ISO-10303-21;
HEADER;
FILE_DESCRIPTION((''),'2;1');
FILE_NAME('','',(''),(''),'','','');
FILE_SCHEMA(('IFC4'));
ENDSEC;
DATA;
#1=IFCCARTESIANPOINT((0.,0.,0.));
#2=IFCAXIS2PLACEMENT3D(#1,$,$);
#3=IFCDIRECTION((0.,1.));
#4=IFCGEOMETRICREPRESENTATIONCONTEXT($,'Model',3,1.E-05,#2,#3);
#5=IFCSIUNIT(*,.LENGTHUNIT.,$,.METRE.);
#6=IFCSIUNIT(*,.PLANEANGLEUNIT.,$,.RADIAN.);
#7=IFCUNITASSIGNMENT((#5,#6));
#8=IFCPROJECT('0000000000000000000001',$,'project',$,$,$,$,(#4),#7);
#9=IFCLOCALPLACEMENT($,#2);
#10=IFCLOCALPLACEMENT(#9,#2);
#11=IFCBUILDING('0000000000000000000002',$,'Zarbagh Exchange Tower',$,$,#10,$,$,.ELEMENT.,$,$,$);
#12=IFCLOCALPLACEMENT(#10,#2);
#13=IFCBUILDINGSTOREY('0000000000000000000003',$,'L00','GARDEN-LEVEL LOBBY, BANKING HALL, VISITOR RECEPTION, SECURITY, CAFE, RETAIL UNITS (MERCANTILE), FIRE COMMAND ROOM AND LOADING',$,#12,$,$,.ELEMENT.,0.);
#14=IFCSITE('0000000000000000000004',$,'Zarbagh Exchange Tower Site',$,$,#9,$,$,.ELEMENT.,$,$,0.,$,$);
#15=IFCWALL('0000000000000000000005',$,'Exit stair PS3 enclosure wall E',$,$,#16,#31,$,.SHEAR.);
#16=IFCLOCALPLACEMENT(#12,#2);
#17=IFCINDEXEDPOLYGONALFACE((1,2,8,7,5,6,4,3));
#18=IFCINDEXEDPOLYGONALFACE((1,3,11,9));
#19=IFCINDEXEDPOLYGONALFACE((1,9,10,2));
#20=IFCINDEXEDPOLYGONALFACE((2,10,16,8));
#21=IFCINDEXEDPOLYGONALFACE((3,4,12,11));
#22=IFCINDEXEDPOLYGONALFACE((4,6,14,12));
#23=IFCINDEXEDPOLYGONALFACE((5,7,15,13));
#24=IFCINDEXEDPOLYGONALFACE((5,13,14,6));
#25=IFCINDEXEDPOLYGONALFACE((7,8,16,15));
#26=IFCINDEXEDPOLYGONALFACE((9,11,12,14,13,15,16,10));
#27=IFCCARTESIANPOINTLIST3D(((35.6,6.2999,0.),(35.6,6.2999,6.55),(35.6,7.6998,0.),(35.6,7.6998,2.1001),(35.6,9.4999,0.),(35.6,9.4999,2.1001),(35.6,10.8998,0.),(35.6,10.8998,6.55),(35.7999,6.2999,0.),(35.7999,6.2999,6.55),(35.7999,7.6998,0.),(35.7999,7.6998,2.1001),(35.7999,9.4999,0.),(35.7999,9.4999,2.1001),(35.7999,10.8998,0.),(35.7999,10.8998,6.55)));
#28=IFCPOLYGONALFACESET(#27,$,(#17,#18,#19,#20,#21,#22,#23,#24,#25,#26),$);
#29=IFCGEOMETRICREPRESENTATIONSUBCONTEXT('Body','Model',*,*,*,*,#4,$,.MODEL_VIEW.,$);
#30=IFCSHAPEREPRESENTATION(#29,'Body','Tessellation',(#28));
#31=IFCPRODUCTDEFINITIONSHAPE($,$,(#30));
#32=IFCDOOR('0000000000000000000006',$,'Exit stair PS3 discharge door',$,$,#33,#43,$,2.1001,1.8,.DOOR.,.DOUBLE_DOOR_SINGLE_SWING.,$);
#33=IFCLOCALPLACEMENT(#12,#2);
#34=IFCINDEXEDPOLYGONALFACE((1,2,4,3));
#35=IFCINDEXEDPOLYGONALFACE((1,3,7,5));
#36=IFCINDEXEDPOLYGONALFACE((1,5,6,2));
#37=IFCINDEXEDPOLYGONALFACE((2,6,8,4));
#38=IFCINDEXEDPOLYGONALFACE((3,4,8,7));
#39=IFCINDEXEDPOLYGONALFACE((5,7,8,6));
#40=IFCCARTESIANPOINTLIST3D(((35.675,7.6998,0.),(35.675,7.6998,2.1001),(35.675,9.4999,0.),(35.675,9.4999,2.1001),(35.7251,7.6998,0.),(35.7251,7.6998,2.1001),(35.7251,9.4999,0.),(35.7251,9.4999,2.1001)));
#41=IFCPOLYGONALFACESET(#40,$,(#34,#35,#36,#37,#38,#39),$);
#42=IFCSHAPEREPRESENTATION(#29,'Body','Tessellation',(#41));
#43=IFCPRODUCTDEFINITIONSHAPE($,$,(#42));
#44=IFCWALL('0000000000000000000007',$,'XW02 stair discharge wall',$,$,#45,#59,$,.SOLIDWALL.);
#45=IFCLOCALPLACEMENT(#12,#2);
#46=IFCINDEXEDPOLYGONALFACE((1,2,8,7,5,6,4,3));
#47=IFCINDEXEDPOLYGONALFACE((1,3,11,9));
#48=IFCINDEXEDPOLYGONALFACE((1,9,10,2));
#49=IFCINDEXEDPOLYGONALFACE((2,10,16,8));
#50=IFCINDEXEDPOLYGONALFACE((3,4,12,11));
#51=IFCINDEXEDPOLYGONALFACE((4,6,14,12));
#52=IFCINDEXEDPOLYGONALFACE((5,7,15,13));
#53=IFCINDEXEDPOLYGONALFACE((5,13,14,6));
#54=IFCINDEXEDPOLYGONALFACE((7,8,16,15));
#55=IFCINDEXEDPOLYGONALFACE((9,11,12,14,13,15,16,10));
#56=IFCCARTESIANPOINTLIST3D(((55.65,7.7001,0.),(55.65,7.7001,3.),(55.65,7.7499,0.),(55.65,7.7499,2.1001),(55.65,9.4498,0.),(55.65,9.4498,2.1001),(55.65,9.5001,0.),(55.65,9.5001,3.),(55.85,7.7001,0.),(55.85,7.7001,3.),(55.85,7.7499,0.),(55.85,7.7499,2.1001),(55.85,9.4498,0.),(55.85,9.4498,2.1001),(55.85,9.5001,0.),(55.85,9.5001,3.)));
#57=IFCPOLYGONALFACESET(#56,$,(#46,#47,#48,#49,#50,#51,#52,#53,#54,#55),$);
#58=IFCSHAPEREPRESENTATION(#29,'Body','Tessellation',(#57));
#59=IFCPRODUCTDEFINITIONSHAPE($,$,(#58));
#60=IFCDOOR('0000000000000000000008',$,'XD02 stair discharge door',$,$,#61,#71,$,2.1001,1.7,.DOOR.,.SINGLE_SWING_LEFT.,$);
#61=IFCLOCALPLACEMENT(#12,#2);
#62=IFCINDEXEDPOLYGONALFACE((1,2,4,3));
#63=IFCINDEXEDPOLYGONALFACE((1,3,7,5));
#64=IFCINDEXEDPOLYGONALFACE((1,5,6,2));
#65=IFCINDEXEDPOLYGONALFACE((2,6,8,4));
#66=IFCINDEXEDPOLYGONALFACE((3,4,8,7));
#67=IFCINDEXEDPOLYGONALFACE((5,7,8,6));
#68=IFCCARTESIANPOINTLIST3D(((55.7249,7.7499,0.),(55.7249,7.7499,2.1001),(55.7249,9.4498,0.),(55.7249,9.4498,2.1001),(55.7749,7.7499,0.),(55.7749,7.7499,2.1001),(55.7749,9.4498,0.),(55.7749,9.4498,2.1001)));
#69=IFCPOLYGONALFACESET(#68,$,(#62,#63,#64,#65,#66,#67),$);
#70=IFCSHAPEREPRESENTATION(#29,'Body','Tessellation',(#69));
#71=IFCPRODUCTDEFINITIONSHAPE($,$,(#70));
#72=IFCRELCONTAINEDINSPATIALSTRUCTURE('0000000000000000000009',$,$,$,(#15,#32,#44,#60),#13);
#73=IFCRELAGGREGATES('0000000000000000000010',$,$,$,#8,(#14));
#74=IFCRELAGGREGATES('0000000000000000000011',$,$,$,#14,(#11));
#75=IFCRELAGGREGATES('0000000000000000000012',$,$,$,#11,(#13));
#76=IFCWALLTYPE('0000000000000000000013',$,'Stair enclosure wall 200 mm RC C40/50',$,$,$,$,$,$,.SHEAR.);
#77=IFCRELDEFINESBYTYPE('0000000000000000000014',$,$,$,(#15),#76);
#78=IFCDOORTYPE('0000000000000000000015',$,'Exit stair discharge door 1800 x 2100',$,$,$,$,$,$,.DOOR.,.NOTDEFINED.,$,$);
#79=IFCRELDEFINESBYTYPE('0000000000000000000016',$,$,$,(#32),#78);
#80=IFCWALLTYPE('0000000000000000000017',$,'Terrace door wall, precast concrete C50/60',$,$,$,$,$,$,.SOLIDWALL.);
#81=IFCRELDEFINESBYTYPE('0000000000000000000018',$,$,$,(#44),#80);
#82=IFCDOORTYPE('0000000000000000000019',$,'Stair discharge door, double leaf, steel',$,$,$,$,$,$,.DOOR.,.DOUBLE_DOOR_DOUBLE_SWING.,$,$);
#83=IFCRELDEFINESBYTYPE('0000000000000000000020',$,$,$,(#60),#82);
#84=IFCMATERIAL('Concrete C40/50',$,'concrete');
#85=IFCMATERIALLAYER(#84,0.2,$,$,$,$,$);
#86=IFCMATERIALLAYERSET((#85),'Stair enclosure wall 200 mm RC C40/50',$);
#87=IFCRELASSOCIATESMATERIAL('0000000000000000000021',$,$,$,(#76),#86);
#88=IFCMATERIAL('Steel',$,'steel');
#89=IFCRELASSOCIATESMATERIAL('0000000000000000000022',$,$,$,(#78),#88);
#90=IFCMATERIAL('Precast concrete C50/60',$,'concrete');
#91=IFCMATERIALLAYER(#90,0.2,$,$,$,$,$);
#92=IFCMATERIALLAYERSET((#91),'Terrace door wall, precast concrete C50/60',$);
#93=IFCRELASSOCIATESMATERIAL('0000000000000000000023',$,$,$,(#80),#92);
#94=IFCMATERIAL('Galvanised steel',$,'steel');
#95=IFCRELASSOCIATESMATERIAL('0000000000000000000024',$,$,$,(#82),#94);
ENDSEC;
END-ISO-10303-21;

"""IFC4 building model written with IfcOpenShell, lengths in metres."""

from ifc_helpers import new_model, si_unit, direction, frame, frame_2d, origin, place, context, subcontext, project, spatial, rectangle, extrude, material, layer, layer_set, type_object, element, fill, save


model = new_model("IFC4")

# Units and contexts
model_context = context("Model", 3, precision=1e-05, world=origin(), true_north=direction((0.0, 1.0)))
body_context = subcontext(model_context, "Body", "Model", "MODEL_VIEW")
ifc_project = project(units=[si_unit("LENGTHUNIT", "METRE"), si_unit("PLANEANGLEUNIT", "RADIAN")], contexts=[model_context])

# Site, building, storey
site_placement = place(None, origin())
site = spatial("IfcSite", under=ifc_project, at=site_placement, Name="Zarbagh Exchange Tower Site", CompositionType="ELEMENT", RefElevation=0.0)
building_placement = place(site_placement, origin())
building = spatial("IfcBuilding", under=site, at=building_placement, Name="Zarbagh Exchange Tower", CompositionType="ELEMENT")
storey_placement = place(building_placement, origin())
storey = spatial("IfcBuildingStorey", under=building, at=storey_placement, Name="L00", Description="GARDEN-LEVEL LOBBY, BANKING HALL, VISITOR RECEPTION, SECURITY, CAFE, RETAIL UNITS (MERCANTILE), FIRE COMMAND ROOM AND LOADING", CompositionType="ELEMENT", Elevation=0.0)

# Shared definitions
ifc_material_1 = material(Name="Steel", Category="steel")

# Walls, openings, doors
ifc_material_2 = material(Name="Concrete C40/50", Category="concrete")
ifc_layer_1 = layer(ifc_material_2, 0.2)
ifc_layer_set_1 = layer_set([ifc_layer_1], Name="Stair enclosure wall 200 mm RC C40/50")
wall_type_1 = type_object("IfcWallType", Name="Stair enclosure wall 200 mm RC C40/50", PredefinedType="SHEAR", material=ifc_layer_set_1)
wall_1_placement = place(storey_placement, frame((35.7, 6.3, 0.0), z_axis=(0.0, 0.0, 1.0), x_axis=(0.0, 1.0, 0.0)))
wall_1 = element("IfcWall", 1, at=wall_1_placement, inside=storey, type_object=wall_type_1, Name="Exit stair PS3 enclosure wall E", PredefinedType="SHEAR", context=body_context, shape_type="SweptSolid", body=[
    extrude(rectangle(XDim=4.5999, YDim=0.2, at=frame_2d((2.2998, 0.0))), origin(), (0.0, 0.0, 1.0), 6.55),
])
opening_1_placement = place(wall_1_placement, frame((1.3999, 0.0, 0.0)))
opening_1 = element("IfcOpeningElement", 2, at=opening_1_placement, cuts=wall_1, PredefinedType="OPENING", context=body_context, shape_type="SweptSolid", body=[
    extrude(rectangle(XDim=1.8, YDim=2.1001, at=frame_2d((0.8999, 1.05))), frame((0.0, 0.1099, 0.0), z_axis=(0.0, -1.0, 0.0), x_axis=(1.0, 0.0, 0.0)), (0.0, 0.0, 1.0), 0.22),
])
door_type_1 = type_object("IfcDoorType", Name="Exit stair discharge door 1800 x 2100", OperationType="NOTDEFINED", PredefinedType="DOOR", material=ifc_material_1)
door_1_placement = place(opening_1_placement, origin())
door_1 = element("IfcDoor", 3, at=door_1_placement, inside=storey, type_object=door_type_1, Name="Exit stair PS3 discharge door", OperationType="DOUBLE_DOOR_SINGLE_SWING", OverallHeight=2.1001, OverallWidth=1.8, PredefinedType="DOOR", context=body_context, shape_type="SweptSolid", body=[
    extrude(rectangle(XDim=1.8, YDim=2.1001, at=frame_2d((0.8999, 1.05))), frame((0.0, 0.0249, 0.0), z_axis=(0.0, -1.0, 0.0), x_axis=(1.0, 0.0, 0.0)), (0.0, 0.0, 1.0), 0.05),
])
fill(opening_1, door_1)
ifc_material_3 = material(Name="Precast concrete C50/60", Category="concrete")
ifc_layer_2 = layer(ifc_material_3, 0.2)
ifc_layer_set_2 = layer_set([ifc_layer_2], Name="Terrace door wall, precast concrete C50/60")
wall_type_2 = type_object("IfcWallType", Name="Terrace door wall, precast concrete C50/60", PredefinedType="SOLIDWALL", material=ifc_layer_set_2)
wall_2_placement = place(storey_placement, frame((55.75, 9.5, 0.0), z_axis=(0.0, 0.0, 1.0), x_axis=(0.0, -1.0, 0.0)))
wall_2 = element("IfcWall", 4, at=wall_2_placement, inside=storey, type_object=wall_type_2, Name="XW02 stair discharge wall", PredefinedType="SOLIDWALL", context=body_context, shape_type="SweptSolid", body=[
    extrude(rectangle(XDim=1.8, YDim=0.2, at=frame_2d((0.8999, 0.0))), origin(), (0.0, 0.0, 1.0), 3.0),
])
opening_2_placement = place(wall_2_placement, frame((0.05, 0.0, 0.0)))
opening_2 = element("IfcOpeningElement", 5, at=opening_2_placement, cuts=wall_2, PredefinedType="OPENING", context=body_context, shape_type="SweptSolid", body=[
    extrude(rectangle(XDim=1.7, YDim=2.1001, at=frame_2d((0.8501, 1.05))), frame((0.0, 0.1099, 0.0), z_axis=(0.0, -1.0, 0.0), x_axis=(1.0, 0.0, 0.0)), (0.0, 0.0, 1.0), 0.22),
])
ifc_material_4 = material(Name="Galvanised steel", Category="steel")
door_type_2 = type_object("IfcDoorType", Name="Stair discharge door, double leaf, steel", OperationType="DOUBLE_DOOR_DOUBLE_SWING", PredefinedType="DOOR", material=ifc_material_4)
door_2_placement = place(opening_2_placement, origin())
door_2 = element("IfcDoor", 6, at=door_2_placement, inside=storey, type_object=door_type_2, Name="XD02 stair discharge door", OperationType="SINGLE_SWING_LEFT", OverallHeight=2.1001, OverallWidth=1.7, PredefinedType="DOOR", context=body_context, shape_type="SweptSolid", body=[
    extrude(rectangle(XDim=1.7, YDim=2.1001, at=frame_2d((0.8501, 1.05))), frame((0.0, 0.0249, 0.0), z_axis=(0.0, -1.0, 0.0), x_axis=(1.0, 0.0, 0.0)), (0.0, 0.0, 1.0), 0.05),
])
fill(opening_2, door_2)

save(model, "model.ifc")
